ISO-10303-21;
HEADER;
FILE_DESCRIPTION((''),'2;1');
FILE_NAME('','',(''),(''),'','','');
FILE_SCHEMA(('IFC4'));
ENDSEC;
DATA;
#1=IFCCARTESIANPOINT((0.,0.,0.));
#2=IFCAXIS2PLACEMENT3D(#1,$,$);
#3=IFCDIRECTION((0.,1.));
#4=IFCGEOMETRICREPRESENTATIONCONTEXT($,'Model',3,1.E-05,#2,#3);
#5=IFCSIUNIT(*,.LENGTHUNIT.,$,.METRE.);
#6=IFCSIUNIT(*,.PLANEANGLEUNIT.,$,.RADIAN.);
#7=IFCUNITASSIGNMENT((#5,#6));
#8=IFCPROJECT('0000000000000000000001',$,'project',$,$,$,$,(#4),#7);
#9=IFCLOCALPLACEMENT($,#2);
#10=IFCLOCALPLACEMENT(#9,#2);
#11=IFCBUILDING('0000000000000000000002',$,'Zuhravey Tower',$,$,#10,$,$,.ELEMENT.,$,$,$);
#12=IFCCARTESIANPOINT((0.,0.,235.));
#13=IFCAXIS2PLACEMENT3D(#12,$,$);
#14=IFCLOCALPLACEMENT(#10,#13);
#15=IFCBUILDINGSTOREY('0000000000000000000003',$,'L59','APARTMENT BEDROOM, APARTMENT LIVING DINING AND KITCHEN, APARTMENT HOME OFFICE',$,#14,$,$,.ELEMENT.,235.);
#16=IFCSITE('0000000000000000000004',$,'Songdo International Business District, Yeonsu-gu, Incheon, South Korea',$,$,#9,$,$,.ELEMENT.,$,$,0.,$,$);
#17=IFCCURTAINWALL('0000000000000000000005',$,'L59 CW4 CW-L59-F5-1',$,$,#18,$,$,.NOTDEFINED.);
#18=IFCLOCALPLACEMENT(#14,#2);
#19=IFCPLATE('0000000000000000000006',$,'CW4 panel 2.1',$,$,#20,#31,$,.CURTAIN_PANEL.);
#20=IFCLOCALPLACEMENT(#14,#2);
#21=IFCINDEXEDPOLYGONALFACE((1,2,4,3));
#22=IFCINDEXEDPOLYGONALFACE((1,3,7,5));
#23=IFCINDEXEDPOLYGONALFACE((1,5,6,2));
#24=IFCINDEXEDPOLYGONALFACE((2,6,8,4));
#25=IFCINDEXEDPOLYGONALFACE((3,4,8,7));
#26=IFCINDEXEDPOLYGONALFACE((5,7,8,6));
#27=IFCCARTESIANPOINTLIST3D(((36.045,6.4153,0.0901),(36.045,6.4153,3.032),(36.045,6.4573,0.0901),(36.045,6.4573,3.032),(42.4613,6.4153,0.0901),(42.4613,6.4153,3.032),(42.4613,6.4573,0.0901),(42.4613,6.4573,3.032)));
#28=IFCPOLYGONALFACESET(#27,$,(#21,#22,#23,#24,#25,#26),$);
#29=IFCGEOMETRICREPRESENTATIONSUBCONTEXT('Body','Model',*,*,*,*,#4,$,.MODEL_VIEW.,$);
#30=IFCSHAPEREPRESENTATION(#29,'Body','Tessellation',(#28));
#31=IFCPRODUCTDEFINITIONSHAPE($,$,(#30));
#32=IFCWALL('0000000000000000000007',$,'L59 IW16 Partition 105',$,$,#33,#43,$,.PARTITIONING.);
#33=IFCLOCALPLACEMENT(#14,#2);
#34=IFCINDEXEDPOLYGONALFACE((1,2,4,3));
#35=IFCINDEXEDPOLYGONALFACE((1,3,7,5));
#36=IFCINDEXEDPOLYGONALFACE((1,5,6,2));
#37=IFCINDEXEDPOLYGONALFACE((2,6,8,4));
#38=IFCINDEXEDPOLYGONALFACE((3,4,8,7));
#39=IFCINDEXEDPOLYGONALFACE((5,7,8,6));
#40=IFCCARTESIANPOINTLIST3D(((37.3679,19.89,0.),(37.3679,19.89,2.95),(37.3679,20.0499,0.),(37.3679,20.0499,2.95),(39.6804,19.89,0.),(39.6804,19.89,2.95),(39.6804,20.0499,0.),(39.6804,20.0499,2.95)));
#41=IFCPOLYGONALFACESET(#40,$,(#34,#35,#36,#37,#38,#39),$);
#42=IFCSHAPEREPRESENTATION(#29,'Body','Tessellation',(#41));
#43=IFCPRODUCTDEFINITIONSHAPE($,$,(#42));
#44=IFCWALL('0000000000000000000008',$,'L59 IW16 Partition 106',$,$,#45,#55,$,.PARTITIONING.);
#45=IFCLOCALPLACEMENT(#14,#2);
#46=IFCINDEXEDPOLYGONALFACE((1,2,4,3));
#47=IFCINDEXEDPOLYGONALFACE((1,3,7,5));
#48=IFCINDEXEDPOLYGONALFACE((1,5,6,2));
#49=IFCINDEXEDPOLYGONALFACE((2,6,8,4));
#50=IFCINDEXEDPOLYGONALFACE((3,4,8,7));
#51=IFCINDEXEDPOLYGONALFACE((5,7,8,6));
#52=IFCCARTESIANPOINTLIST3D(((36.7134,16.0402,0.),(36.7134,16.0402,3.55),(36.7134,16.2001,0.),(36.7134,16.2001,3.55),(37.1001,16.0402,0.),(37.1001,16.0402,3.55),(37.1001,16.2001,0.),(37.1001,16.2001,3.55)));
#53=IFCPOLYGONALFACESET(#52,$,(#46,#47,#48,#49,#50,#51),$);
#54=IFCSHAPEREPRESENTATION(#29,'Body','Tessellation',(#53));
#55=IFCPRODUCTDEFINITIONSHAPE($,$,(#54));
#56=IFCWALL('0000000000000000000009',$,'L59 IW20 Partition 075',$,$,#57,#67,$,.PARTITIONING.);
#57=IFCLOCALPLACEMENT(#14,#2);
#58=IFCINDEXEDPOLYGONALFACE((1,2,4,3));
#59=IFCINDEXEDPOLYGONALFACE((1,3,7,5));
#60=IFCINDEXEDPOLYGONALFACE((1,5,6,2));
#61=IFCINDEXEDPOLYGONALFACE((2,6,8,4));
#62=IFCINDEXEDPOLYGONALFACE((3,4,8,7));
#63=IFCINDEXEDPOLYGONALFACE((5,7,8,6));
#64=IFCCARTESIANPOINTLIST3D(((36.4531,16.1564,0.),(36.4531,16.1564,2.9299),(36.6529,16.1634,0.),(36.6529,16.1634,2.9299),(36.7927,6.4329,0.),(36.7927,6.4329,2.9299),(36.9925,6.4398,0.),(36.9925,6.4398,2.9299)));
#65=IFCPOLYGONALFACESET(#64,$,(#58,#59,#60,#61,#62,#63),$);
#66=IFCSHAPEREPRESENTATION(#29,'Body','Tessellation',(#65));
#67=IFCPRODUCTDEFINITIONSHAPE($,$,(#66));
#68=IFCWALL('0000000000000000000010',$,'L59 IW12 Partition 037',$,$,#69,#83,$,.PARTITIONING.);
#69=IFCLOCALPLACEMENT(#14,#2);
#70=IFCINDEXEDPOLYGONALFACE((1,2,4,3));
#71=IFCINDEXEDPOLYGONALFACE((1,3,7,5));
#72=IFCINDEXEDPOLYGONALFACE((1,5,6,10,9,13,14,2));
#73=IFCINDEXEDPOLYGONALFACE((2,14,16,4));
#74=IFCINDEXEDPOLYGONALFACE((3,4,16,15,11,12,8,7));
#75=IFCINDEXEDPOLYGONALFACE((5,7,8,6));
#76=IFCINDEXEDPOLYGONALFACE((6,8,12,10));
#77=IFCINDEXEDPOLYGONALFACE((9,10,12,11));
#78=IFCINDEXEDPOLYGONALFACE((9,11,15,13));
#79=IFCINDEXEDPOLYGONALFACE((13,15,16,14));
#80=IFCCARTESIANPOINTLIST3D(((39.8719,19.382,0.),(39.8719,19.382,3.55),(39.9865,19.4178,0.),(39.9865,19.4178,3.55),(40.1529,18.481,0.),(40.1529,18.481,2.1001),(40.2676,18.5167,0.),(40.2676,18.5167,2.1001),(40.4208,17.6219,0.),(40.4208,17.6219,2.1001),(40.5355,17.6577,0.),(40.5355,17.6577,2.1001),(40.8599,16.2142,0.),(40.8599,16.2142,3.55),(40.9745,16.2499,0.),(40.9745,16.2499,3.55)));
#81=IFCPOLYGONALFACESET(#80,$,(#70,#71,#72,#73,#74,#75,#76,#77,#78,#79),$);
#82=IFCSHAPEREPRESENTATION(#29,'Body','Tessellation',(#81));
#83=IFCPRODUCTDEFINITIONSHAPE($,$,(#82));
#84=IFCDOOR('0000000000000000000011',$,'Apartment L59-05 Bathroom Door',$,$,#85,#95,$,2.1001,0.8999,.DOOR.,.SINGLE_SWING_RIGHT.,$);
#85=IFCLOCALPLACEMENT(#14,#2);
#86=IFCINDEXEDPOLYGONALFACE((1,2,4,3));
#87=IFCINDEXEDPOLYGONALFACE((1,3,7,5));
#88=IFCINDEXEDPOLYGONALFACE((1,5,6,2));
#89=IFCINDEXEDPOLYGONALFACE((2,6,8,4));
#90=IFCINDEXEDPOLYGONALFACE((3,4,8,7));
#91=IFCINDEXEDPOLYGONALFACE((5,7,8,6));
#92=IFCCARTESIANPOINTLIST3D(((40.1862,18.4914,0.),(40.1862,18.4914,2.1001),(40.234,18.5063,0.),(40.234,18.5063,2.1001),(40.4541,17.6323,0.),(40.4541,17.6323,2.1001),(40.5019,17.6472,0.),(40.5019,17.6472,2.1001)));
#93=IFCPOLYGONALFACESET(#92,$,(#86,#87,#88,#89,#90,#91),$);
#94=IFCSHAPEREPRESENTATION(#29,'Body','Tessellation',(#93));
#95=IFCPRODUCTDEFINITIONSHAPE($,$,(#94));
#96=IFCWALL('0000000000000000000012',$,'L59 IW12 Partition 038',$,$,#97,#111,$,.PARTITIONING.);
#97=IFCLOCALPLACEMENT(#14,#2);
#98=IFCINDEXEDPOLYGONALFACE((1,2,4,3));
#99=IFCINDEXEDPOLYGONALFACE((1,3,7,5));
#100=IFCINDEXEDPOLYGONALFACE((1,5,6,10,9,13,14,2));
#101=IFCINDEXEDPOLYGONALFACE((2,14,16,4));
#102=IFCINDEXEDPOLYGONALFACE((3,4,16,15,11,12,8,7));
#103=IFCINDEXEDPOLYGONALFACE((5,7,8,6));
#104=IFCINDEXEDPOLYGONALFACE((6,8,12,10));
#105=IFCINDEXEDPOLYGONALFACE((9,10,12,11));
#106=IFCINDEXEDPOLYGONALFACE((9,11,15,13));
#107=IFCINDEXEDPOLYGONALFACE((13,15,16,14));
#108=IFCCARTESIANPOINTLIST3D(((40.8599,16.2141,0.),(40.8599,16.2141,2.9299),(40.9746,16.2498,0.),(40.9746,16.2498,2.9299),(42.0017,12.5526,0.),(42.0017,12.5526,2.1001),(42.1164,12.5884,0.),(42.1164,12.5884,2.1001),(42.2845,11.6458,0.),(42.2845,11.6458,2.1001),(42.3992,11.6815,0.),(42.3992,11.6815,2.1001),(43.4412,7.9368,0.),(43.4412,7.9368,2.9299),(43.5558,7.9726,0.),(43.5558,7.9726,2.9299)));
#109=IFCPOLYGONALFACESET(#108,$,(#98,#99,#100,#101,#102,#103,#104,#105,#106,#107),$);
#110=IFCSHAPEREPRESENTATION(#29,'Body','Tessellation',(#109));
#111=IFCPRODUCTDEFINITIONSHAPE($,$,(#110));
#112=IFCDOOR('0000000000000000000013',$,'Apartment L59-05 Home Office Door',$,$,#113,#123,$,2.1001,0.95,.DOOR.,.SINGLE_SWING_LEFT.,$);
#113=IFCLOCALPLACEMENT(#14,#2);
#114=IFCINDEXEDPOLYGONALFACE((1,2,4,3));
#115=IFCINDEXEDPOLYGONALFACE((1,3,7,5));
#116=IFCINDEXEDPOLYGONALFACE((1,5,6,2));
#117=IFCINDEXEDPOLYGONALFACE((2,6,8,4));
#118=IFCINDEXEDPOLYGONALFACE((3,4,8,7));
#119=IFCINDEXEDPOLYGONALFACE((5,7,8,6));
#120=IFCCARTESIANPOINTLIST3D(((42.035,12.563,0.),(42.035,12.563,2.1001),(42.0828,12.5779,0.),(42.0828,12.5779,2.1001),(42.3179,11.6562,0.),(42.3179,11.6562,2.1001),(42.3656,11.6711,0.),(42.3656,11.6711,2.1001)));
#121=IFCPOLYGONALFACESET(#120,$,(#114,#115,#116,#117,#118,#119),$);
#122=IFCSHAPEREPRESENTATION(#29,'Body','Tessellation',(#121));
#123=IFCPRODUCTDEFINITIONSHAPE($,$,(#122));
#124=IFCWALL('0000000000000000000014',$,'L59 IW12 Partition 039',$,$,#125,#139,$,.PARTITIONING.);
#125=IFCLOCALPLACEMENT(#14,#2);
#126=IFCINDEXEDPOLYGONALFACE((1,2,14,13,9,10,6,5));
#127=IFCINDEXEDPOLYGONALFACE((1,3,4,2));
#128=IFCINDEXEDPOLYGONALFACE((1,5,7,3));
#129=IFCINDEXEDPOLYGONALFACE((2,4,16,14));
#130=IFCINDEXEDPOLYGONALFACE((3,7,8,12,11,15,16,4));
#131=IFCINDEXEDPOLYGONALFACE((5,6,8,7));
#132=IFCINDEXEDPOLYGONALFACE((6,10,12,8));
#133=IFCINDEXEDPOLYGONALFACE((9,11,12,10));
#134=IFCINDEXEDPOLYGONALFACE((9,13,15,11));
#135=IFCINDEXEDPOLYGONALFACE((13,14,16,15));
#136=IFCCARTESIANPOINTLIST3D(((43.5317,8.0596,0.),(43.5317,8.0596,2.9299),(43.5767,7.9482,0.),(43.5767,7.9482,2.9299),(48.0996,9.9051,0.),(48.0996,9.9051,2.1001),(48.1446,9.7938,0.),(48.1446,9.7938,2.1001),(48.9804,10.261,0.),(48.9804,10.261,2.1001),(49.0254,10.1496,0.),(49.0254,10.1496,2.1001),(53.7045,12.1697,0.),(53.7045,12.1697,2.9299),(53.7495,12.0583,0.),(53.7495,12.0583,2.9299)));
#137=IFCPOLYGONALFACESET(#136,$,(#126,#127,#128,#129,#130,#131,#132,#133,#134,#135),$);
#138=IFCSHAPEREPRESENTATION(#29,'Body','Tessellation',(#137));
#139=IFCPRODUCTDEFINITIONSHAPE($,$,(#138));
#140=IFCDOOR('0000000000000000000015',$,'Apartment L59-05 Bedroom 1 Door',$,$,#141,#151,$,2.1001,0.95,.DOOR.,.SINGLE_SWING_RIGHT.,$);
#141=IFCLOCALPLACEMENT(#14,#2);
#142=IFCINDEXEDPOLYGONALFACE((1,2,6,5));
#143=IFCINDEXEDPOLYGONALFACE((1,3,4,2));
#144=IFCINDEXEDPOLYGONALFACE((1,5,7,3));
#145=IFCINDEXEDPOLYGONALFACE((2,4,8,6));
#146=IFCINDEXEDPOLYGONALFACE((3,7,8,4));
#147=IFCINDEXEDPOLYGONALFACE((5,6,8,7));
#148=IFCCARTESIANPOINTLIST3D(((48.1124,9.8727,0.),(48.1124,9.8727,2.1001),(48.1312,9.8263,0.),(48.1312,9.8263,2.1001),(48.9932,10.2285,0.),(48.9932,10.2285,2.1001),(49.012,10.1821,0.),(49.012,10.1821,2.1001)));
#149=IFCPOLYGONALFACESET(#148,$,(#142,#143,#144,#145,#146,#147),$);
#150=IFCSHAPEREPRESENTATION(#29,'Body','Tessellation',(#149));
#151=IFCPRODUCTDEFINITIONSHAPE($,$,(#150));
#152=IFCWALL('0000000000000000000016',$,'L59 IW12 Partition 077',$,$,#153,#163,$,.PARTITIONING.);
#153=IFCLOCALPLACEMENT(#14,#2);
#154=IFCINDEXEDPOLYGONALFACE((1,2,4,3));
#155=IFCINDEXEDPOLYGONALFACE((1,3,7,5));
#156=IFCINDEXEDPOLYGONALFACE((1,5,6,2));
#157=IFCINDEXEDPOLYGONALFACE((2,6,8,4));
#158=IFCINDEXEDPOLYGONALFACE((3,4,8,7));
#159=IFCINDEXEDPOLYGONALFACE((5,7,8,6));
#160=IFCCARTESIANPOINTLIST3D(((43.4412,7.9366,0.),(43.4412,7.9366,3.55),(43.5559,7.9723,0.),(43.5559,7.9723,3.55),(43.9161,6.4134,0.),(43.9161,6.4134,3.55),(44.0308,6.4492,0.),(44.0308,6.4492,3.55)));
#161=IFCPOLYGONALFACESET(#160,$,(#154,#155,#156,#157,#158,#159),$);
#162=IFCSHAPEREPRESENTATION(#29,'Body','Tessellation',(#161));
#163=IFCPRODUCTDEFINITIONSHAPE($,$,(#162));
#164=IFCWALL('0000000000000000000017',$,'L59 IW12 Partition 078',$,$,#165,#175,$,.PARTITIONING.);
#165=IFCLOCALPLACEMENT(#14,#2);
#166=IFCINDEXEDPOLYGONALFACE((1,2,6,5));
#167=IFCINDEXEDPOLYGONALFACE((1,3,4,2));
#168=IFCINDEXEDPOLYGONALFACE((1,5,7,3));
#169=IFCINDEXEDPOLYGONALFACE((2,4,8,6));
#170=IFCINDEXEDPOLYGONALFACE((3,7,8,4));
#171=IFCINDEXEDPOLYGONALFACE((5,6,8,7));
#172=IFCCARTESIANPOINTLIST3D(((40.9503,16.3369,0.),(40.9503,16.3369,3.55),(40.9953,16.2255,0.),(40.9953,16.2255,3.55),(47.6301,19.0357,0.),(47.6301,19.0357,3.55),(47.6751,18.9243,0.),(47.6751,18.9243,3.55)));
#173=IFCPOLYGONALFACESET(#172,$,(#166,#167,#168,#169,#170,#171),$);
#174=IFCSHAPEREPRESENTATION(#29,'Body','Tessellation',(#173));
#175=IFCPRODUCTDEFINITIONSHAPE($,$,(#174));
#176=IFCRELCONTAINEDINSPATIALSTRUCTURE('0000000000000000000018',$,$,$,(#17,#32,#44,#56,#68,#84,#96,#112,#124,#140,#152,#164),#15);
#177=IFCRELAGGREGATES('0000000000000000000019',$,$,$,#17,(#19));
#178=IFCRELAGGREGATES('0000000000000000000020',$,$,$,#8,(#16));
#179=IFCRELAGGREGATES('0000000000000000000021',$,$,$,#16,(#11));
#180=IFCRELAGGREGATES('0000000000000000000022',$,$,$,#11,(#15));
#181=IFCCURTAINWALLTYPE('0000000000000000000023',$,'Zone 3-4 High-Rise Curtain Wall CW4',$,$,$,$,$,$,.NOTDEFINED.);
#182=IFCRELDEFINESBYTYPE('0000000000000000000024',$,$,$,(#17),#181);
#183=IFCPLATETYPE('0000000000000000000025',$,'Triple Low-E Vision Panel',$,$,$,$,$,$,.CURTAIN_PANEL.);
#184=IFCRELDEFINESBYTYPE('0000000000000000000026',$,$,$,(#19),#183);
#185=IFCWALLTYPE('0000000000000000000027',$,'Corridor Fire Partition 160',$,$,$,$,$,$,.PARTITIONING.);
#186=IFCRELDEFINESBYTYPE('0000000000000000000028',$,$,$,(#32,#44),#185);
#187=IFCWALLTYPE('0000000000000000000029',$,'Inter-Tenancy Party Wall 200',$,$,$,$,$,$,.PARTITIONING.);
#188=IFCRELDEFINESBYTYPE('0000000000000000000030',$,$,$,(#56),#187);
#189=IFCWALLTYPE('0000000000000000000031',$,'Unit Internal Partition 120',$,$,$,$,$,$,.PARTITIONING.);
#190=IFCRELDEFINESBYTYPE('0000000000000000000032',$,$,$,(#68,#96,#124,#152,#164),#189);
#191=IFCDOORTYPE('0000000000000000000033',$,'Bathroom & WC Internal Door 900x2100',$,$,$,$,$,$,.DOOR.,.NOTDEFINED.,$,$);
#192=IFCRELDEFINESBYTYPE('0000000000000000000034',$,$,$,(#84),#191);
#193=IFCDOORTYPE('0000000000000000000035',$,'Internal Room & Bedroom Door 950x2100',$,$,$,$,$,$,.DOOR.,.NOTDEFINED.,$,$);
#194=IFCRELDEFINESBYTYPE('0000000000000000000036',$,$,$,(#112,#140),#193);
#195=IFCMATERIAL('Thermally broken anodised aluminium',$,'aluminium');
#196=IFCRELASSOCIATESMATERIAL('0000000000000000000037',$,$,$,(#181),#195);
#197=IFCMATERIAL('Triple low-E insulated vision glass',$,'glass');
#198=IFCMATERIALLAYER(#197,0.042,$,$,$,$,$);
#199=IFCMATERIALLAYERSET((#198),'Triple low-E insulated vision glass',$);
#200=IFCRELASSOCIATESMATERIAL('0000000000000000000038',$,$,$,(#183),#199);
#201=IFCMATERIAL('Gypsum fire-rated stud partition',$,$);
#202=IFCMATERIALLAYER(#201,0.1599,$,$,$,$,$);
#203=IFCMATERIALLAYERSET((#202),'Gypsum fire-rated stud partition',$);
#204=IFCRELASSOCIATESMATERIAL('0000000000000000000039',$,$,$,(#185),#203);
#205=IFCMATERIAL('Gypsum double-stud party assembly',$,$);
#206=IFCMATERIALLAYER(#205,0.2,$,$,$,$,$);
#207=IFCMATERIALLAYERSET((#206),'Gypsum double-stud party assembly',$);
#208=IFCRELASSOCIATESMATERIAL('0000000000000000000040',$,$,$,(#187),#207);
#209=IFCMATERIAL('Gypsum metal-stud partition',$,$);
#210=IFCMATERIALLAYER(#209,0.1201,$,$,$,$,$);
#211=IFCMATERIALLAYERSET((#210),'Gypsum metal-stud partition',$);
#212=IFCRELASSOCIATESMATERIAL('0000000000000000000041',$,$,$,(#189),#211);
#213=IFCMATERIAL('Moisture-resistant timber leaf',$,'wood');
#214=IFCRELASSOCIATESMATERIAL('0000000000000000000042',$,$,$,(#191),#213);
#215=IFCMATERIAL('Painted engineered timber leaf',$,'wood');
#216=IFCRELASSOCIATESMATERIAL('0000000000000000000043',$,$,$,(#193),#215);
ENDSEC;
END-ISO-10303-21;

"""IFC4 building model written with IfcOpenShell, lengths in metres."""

from ifc_helpers import new_model, si_unit, direction, frame, frame_2d, origin, origin_2d, place, context, subcontext, project, spatial, rectangle, extrude, material, layer, layer_set, type_object, element, fill, aggregate, save


model = new_model("IFC4")

# Units and contexts
model_context = context("Model", 3, precision=1e-05, world=origin(), true_north=direction((0.0, 1.0)))
body_context = subcontext(model_context, "Body", "Model", "MODEL_VIEW")
ifc_project = project(units=[si_unit("LENGTHUNIT", "METRE"), si_unit("PLANEANGLEUNIT", "RADIAN")], contexts=[model_context])

# Site, building, storey
site_placement = place(None, origin())
site = spatial("IfcSite", under=ifc_project, at=site_placement, Name="Songdo International Business District, Yeonsu-gu, Incheon, South Korea", CompositionType="ELEMENT", RefElevation=0.0)
building_placement = place(site_placement, origin())
building = spatial("IfcBuilding", under=site, at=building_placement, Name="Zuhravey Tower", CompositionType="ELEMENT")
storey_placement = place(building_placement, frame((0.0, 0.0, 235.0)))
storey = spatial("IfcBuildingStorey", under=building, at=storey_placement, Name="L59", Description="APARTMENT BEDROOM, APARTMENT LIVING DINING AND KITCHEN, APARTMENT HOME OFFICE", CompositionType="ELEMENT", Elevation=235.0)

# Curtain wall
ifc_material_1 = material(Name="Thermally broken anodised aluminium", Category="aluminium")
curtain_wall_type = type_object("IfcCurtainWallType", Name="Zone 3-4 High-Rise Curtain Wall CW4", PredefinedType="NOTDEFINED", material=ifc_material_1)
curtain_wall_placement = place(storey_placement, origin())
curtain_wall = element("IfcCurtainWall", 1, at=curtain_wall_placement, inside=storey, type_object=curtain_wall_type, Name="L59 CW4 CW-L59-F5-1", PredefinedType="NOTDEFINED")

# Plate
ifc_material_2 = material(Name="Triple low-E insulated vision glass", Category="glass")
ifc_layer_1 = layer(ifc_material_2, 0.042)
ifc_layer_set_1 = layer_set([ifc_layer_1], Name="Triple low-E insulated vision glass")
plate_type = type_object("IfcPlateType", Name="Triple Low-E Vision Panel", PredefinedType="CURTAIN_PANEL", material=ifc_layer_set_1)
plate_1_placement = place(storey_placement, frame((39.2532, 6.4363, 0.0901), z_axis=(0.0, 0.0, 1.0), x_axis=(-1.0, 0.0, 0.0)))
plate_1 = element("IfcPlate", 2, at=plate_1_placement, type_object=plate_type, Name="CW4 panel 2.1", PredefinedType="CURTAIN_PANEL", context=body_context, shape_type="SweptSolid", body=[
    extrude(rectangle(XDim=6.4163, YDim=0.042, at=origin_2d()), origin(), (0.0, 0.0, 1.0), 2.9419),
])
aggregate(curtain_wall, [plate_1])

# Shared definitions
ifc_material_3 = material(Name="Gypsum fire-rated stud partition")
ifc_layer_2 = layer(ifc_material_3, 0.1599)
ifc_layer_set_2 = layer_set([ifc_layer_2], Name="Gypsum fire-rated stud partition")
wall_type_1 = type_object("IfcWallType", Name="Corridor Fire Partition 160", PredefinedType="PARTITIONING", material=ifc_layer_set_2)

# Walls
wall_1_placement = place(storey_placement, frame((37.3679, 19.97, 0.0), z_axis=(0.0, 0.0, 1.0), x_axis=(1.0, 0.0, 0.0)))
element("IfcWall", 3, at=wall_1_placement, inside=storey, type_object=wall_type_1, Name="L59 IW16 Partition 105", PredefinedType="PARTITIONING", context=body_context, shape_type="SweptSolid", body=[
    extrude(rectangle(XDim=2.3125, YDim=0.1599, at=frame_2d((1.1562, 0.0))), origin(), (0.0, 0.0, 1.0), 2.95),
])
wall_2_placement = place(storey_placement, frame((36.7134, 16.1201, 0.0), z_axis=(0.0, 0.0, 1.0), x_axis=(1.0, 0.0, 0.0)))
element("IfcWall", 4, at=wall_2_placement, inside=storey, type_object=wall_type_1, Name="L59 IW16 Partition 106", PredefinedType="PARTITIONING", context=body_context, shape_type="SweptSolid", body=[
    extrude(rectangle(XDim=0.3867, YDim=0.1599, at=frame_2d((0.1934, 0.0))), origin(), (0.0, 0.0, 1.0), 3.55),
])
ifc_material_4 = material(Name="Gypsum double-stud party assembly")
ifc_layer_3 = layer(ifc_material_4, 0.2)
ifc_layer_set_3 = layer_set([ifc_layer_3], Name="Gypsum double-stud party assembly")
wall_type_2 = type_object("IfcWallType", Name="Inter-Tenancy Party Wall 200", PredefinedType="PARTITIONING", material=ifc_layer_set_3)
wall_3_placement = place(storey_placement, frame((36.553, 16.1599, 0.0), z_axis=(0.0, 0.0, 1.0), x_axis=(0.034904, -0.999391, 0.0)))
element("IfcWall", 5, at=wall_3_placement, inside=storey, type_object=wall_type_2, Name="L59 IW20 Partition 075", PredefinedType="PARTITIONING", context=body_context, shape_type="SweptSolid", body=[
    extrude(rectangle(XDim=9.7295, YDim=0.2, at=frame_2d((4.8647, 0.0))), origin(), (0.0, 0.0, 1.0), 2.9299),
])

# Walls, openings, doors
ifc_material_5 = material(Name="Gypsum metal-stud partition")
ifc_layer_4 = layer(ifc_material_5, 0.1201)
ifc_layer_set_4 = layer_set([ifc_layer_4], Name="Gypsum metal-stud partition")
wall_type_3 = type_object("IfcWallType", Name="Unit Internal Partition 120", PredefinedType="PARTITIONING", material=ifc_layer_set_4)
wall_4_placement = place(storey_placement, frame((39.9292, 19.3999, 0.0), z_axis=(0.0, 0.0, 1.0), x_axis=(0.297739, -0.954647, 0.0)))
wall_4 = element("IfcWall", 6, at=wall_4_placement, inside=storey, type_object=wall_type_3, Name="L59 IW12 Partition 037", PredefinedType="PARTITIONING", context=body_context, shape_type="SweptSolid", body=[
    extrude(rectangle(XDim=3.3184, YDim=0.1201, at=frame_2d((1.6592, 0.0))), origin(), (0.0, 0.0, 1.0), 3.55),
])
opening_1_placement = place(wall_4_placement, frame((0.9438, 0.0, 0.0)))
opening_1 = element("IfcOpeningElement", 7, at=opening_1_placement, cuts=wall_4, PredefinedType="OPENING", context=body_context, shape_type="SweptSolid", body=[
    extrude(rectangle(XDim=0.8999, YDim=2.1001, at=frame_2d((0.45, 1.05))), frame((0.0, 0.072, 0.0), z_axis=(0.0, -1.0, 0.0), x_axis=(1.0, 0.0, 0.0)), (0.0, 0.0, 1.0), 0.144),
])
ifc_material_6 = material(Name="Moisture-resistant timber leaf", Category="wood")
door_type_1 = type_object("IfcDoorType", Name="Bathroom & WC Internal Door 900x2100", OperationType="NOTDEFINED", PredefinedType="DOOR", material=ifc_material_6)
door_1_placement = place(opening_1_placement, origin())
door_1 = element("IfcDoor", 8, at=door_1_placement, inside=storey, type_object=door_type_1, Name="Apartment L59-05 Bathroom Door", OperationType="SINGLE_SWING_RIGHT", OverallHeight=2.1001, OverallWidth=0.8999, PredefinedType="DOOR", context=body_context, shape_type="SweptSolid", body=[
    extrude(rectangle(XDim=0.8999, YDim=2.1001, at=frame_2d((0.45, 1.05))), frame((0.0, 0.0249, 0.0), z_axis=(0.0, -1.0, 0.0), x_axis=(1.0, 0.0, 0.0)), (0.0, 0.0, 1.0), 0.05),
])
fill(opening_1, door_1)
wall_5_placement = place(storey_placement, frame((40.9172, 16.2319, 0.0), z_axis=(0.0, 0.0, 1.0), x_axis=(0.297711, -0.954656, 0.0)))
wall_5 = element("IfcWall", 9, at=wall_5_placement, inside=storey, type_object=wall_type_3, Name="L59 IW12 Partition 038", PredefinedType="PARTITIONING", context=body_context, shape_type="SweptSolid", body=[
    extrude(rectangle(XDim=8.6704, YDim=0.1201, at=frame_2d((4.3352, 0.0))), origin(), (0.0, 0.0, 1.0), 2.9299),
])
opening_2_placement = place(wall_5_placement, frame((3.8352, 0.0, 0.0)))
opening_2 = element("IfcOpeningElement", 10, at=opening_2_placement, cuts=wall_5, PredefinedType="OPENING", context=body_context, shape_type="SweptSolid", body=[
    extrude(rectangle(XDim=0.95, YDim=2.1001, at=frame_2d((0.4751, 1.05))), frame((0.0, 0.072, 0.0), z_axis=(0.0, -1.0, 0.0), x_axis=(1.0, 0.0, 0.0)), (0.0, 0.0, 1.0), 0.144),
])
ifc_material_7 = material(Name="Painted engineered timber leaf", Category="wood")
door_type_2 = type_object("IfcDoorType", Name="Internal Room & Bedroom Door 950x2100", OperationType="NOTDEFINED", PredefinedType="DOOR", material=ifc_material_7)
door_2_placement = place(opening_2_placement, origin())
door_2 = element("IfcDoor", 11, at=door_2_placement, inside=storey, type_object=door_type_2, Name="Apartment L59-05 Home Office Door", OperationType="SINGLE_SWING_LEFT", OverallHeight=2.1001, OverallWidth=0.95, PredefinedType="DOOR", context=body_context, shape_type="SweptSolid", body=[
    extrude(rectangle(XDim=0.95, YDim=2.1001, at=frame_2d((0.4751, 1.05))), frame((0.0, 0.0249, 0.0), z_axis=(0.0, -1.0, 0.0), x_axis=(1.0, 0.0, 0.0)), (0.0, 0.0, 1.0), 0.05),
])
fill(opening_2, door_2)
wall_6_placement = place(storey_placement, frame((43.5542, 8.0039, 0.0), z_axis=(0.0, 0.0, 1.0), x_axis=(0.927184, 0.374607, 0.0)))
wall_6 = element("IfcWall", 12, at=wall_6_placement, inside=storey, type_object=wall_type_3, Name="L59 IW12 Partition 039", PredefinedType="PARTITIONING", context=body_context, shape_type="SweptSolid", body=[
    extrude(rectangle(XDim=10.9717, YDim=0.1201, at=frame_2d((5.4858, 0.0))), origin(), (0.0, 0.0, 1.0), 2.9299),
])
opening_3_placement = place(wall_6_placement, frame((4.9265, 0.0, 0.0)))
opening_3 = element("IfcOpeningElement", 13, at=opening_3_placement, cuts=wall_6, PredefinedType="OPENING", context=body_context, shape_type="SweptSolid", body=[
    extrude(rectangle(XDim=0.95, YDim=2.1001, at=frame_2d((0.4751, 1.05))), frame((0.0, 0.072, 0.0), z_axis=(0.0, -1.0, 0.0), x_axis=(1.0, 0.0, 0.0)), (0.0, 0.0, 1.0), 0.144),
])
door_3_placement = place(opening_3_placement, frame((0.95, 0.0, 0.0), z_axis=(0.0, 0.0, 1.0), x_axis=(-1.0, 0.0, 0.0)))
door_3 = element("IfcDoor", 14, at=door_3_placement, inside=storey, type_object=door_type_2, Name="Apartment L59-05 Bedroom 1 Door", OperationType="SINGLE_SWING_RIGHT", OverallHeight=2.1001, OverallWidth=0.95, PredefinedType="DOOR", context=body_context, shape_type="SweptSolid", body=[
    extrude(rectangle(XDim=0.95, YDim=2.1001, at=frame_2d((0.4751, 1.05))), frame((0.0, 0.0249, 0.0), z_axis=(0.0, -1.0, 0.0), x_axis=(1.0, 0.0, 0.0)), (0.0, 0.0, 1.0), 0.05),
])
fill(opening_3, door_3)

# Walls
wall_7_placement = place(storey_placement, frame((43.4985, 7.9546, 0.0), z_axis=(0.0, 0.0, 1.0), x_axis=(0.297621, -0.954684, 0.0)))
element("IfcWall", 15, at=wall_7_placement, inside=storey, type_object=wall_type_3, Name="L59 IW12 Partition 077", PredefinedType="PARTITIONING", context=body_context, shape_type="SweptSolid", body=[
    extrude(rectangle(XDim=1.5955, YDim=0.1201, at=frame_2d((0.7979, 0.0))), origin(), (0.0, 0.0, 1.0), 3.55),
])
wall_8_placement = place(storey_placement, frame((40.9729, 16.2812, 0.0), z_axis=(0.0, 0.0, 1.0), x_axis=(0.927186, 0.374602, 0.0)))
element("IfcWall", 16, at=wall_8_placement, inside=storey, type_object=wall_type_3, Name="L59 IW12 Partition 078", PredefinedType="PARTITIONING", context=body_context, shape_type="SweptSolid", body=[
    extrude(rectangle(XDim=7.2043, YDim=0.1201, at=frame_2d((3.6021, 0.0))), origin(), (0.0, 0.0, 1.0), 3.55),
])

save(model, "model.ifc")
